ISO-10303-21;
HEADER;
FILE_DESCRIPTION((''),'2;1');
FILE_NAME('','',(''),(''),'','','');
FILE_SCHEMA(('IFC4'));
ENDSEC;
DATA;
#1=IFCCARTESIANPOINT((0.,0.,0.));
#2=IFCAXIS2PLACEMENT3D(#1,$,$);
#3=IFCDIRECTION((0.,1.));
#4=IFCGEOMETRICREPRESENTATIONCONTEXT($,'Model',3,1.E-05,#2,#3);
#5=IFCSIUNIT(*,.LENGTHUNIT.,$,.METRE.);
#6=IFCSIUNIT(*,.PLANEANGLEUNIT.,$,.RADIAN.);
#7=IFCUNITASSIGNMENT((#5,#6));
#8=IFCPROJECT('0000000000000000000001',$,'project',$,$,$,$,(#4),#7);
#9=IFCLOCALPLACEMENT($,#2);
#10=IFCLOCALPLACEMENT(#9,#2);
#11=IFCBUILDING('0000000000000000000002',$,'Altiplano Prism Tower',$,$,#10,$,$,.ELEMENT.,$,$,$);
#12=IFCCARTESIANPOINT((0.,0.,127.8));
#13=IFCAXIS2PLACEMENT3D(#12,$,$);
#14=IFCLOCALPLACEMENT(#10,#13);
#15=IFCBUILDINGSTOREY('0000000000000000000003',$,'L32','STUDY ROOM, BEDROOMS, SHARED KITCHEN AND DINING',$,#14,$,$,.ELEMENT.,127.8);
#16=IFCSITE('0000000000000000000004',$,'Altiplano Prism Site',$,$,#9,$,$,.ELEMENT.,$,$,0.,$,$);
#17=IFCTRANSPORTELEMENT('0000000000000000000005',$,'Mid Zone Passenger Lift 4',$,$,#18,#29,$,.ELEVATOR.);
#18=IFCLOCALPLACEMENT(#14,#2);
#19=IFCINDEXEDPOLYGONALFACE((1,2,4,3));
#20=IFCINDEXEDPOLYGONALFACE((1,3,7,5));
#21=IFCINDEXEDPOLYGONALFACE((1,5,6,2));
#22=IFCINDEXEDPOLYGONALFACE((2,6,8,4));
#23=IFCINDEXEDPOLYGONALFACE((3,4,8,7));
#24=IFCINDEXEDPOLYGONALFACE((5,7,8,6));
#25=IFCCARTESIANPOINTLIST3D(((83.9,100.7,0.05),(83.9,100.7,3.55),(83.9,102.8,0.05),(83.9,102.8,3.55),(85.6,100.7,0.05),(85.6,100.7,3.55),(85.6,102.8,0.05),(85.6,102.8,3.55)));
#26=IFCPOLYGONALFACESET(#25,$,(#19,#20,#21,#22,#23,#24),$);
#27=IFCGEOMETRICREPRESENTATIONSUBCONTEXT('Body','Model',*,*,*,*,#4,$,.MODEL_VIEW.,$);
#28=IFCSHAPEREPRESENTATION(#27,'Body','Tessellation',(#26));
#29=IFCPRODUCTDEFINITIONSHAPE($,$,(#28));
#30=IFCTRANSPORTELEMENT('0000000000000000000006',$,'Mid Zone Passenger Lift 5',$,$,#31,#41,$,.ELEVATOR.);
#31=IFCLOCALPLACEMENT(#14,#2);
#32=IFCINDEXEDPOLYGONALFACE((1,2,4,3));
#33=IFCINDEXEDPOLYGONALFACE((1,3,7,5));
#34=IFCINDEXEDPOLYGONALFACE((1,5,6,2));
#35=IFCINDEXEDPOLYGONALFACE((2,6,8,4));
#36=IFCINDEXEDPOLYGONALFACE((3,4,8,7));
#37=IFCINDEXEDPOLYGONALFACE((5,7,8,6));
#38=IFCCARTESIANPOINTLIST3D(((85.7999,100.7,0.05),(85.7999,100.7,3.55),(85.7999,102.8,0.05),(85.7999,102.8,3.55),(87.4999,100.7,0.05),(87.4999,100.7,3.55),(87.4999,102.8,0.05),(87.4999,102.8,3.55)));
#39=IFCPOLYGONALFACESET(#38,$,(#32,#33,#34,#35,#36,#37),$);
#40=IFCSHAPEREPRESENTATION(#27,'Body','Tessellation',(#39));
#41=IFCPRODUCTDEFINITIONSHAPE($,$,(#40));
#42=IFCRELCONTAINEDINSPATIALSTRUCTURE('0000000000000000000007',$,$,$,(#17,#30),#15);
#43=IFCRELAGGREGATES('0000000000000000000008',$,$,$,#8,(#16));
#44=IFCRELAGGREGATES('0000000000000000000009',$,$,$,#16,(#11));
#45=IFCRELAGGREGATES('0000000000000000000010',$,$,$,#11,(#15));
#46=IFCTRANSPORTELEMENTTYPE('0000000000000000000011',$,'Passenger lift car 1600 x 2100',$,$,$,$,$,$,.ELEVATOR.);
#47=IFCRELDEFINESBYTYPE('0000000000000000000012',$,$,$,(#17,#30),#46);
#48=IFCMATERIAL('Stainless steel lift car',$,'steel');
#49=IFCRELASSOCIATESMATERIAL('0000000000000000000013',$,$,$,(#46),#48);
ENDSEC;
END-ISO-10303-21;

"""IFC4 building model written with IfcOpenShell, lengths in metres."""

from ifc_helpers import new_model, si_unit, direction, frame, origin, origin_2d, place, context, subcontext, project, spatial, rectangle, extrude, material, type_object, element, save


model = new_model("IFC4")

# Units and contexts
model_context = context("Model", 3, precision=1e-05, world=origin(), true_north=direction((0.0, 1.0)))
body_context = subcontext(model_context, "Body", "Model", "MODEL_VIEW")
ifc_project = project(units=[si_unit("LENGTHUNIT", "METRE"), si_unit("PLANEANGLEUNIT", "RADIAN")], contexts=[model_context])

# Site, building, storey
site_placement = place(None, origin())
site = spatial("IfcSite", under=ifc_project, at=site_placement, Name="Altiplano Prism Site", CompositionType="ELEMENT", RefElevation=0.0)
building_placement = place(site_placement, origin())
building = spatial("IfcBuilding", under=site, at=building_placement, Name="Altiplano Prism Tower", CompositionType="ELEMENT")
storey_placement = place(building_placement, frame((0.0, 0.0, 127.8)))
storey = spatial("IfcBuildingStorey", under=building, at=storey_placement, Name="L32", Description="STUDY ROOM, BEDROOMS, SHARED KITCHEN AND DINING", CompositionType="ELEMENT", Elevation=127.8)

# Transport elements
ifc_material_1 = material(Name="Stainless steel lift car", Category="steel")
transport_element_type = type_object("IfcTransportElementType", Name="Passenger lift car 1600 x 2100", PredefinedType="ELEVATOR", material=ifc_material_1)
for number, where, z_axis, x_axis, name in (
    (1, (84.75, 101.75, 0.05), (0.0, 0.0, 1.0), (1.0, 0.0, 0.0), "Mid Zone Passenger Lift 4"),
    (2, (86.6499, 101.75, 0.05), (0.0, 0.0, 1.0), (1.0, 0.0, 0.0), "Mid Zone Passenger Lift 5"),
):
    element("IfcTransportElement", number, at=place(storey_placement, frame(where, z_axis=z_axis, x_axis=x_axis)), inside=storey, type_object=transport_element_type, Name=name, PredefinedType="ELEVATOR", context=body_context, shape_type="SweptSolid", body=[
        extrude(rectangle(XDim=1.7, YDim=2.1001, at=origin_2d()), origin(), (0.0, 0.0, 1.0), 3.5),
    ])

save(model, "model.ifc")
